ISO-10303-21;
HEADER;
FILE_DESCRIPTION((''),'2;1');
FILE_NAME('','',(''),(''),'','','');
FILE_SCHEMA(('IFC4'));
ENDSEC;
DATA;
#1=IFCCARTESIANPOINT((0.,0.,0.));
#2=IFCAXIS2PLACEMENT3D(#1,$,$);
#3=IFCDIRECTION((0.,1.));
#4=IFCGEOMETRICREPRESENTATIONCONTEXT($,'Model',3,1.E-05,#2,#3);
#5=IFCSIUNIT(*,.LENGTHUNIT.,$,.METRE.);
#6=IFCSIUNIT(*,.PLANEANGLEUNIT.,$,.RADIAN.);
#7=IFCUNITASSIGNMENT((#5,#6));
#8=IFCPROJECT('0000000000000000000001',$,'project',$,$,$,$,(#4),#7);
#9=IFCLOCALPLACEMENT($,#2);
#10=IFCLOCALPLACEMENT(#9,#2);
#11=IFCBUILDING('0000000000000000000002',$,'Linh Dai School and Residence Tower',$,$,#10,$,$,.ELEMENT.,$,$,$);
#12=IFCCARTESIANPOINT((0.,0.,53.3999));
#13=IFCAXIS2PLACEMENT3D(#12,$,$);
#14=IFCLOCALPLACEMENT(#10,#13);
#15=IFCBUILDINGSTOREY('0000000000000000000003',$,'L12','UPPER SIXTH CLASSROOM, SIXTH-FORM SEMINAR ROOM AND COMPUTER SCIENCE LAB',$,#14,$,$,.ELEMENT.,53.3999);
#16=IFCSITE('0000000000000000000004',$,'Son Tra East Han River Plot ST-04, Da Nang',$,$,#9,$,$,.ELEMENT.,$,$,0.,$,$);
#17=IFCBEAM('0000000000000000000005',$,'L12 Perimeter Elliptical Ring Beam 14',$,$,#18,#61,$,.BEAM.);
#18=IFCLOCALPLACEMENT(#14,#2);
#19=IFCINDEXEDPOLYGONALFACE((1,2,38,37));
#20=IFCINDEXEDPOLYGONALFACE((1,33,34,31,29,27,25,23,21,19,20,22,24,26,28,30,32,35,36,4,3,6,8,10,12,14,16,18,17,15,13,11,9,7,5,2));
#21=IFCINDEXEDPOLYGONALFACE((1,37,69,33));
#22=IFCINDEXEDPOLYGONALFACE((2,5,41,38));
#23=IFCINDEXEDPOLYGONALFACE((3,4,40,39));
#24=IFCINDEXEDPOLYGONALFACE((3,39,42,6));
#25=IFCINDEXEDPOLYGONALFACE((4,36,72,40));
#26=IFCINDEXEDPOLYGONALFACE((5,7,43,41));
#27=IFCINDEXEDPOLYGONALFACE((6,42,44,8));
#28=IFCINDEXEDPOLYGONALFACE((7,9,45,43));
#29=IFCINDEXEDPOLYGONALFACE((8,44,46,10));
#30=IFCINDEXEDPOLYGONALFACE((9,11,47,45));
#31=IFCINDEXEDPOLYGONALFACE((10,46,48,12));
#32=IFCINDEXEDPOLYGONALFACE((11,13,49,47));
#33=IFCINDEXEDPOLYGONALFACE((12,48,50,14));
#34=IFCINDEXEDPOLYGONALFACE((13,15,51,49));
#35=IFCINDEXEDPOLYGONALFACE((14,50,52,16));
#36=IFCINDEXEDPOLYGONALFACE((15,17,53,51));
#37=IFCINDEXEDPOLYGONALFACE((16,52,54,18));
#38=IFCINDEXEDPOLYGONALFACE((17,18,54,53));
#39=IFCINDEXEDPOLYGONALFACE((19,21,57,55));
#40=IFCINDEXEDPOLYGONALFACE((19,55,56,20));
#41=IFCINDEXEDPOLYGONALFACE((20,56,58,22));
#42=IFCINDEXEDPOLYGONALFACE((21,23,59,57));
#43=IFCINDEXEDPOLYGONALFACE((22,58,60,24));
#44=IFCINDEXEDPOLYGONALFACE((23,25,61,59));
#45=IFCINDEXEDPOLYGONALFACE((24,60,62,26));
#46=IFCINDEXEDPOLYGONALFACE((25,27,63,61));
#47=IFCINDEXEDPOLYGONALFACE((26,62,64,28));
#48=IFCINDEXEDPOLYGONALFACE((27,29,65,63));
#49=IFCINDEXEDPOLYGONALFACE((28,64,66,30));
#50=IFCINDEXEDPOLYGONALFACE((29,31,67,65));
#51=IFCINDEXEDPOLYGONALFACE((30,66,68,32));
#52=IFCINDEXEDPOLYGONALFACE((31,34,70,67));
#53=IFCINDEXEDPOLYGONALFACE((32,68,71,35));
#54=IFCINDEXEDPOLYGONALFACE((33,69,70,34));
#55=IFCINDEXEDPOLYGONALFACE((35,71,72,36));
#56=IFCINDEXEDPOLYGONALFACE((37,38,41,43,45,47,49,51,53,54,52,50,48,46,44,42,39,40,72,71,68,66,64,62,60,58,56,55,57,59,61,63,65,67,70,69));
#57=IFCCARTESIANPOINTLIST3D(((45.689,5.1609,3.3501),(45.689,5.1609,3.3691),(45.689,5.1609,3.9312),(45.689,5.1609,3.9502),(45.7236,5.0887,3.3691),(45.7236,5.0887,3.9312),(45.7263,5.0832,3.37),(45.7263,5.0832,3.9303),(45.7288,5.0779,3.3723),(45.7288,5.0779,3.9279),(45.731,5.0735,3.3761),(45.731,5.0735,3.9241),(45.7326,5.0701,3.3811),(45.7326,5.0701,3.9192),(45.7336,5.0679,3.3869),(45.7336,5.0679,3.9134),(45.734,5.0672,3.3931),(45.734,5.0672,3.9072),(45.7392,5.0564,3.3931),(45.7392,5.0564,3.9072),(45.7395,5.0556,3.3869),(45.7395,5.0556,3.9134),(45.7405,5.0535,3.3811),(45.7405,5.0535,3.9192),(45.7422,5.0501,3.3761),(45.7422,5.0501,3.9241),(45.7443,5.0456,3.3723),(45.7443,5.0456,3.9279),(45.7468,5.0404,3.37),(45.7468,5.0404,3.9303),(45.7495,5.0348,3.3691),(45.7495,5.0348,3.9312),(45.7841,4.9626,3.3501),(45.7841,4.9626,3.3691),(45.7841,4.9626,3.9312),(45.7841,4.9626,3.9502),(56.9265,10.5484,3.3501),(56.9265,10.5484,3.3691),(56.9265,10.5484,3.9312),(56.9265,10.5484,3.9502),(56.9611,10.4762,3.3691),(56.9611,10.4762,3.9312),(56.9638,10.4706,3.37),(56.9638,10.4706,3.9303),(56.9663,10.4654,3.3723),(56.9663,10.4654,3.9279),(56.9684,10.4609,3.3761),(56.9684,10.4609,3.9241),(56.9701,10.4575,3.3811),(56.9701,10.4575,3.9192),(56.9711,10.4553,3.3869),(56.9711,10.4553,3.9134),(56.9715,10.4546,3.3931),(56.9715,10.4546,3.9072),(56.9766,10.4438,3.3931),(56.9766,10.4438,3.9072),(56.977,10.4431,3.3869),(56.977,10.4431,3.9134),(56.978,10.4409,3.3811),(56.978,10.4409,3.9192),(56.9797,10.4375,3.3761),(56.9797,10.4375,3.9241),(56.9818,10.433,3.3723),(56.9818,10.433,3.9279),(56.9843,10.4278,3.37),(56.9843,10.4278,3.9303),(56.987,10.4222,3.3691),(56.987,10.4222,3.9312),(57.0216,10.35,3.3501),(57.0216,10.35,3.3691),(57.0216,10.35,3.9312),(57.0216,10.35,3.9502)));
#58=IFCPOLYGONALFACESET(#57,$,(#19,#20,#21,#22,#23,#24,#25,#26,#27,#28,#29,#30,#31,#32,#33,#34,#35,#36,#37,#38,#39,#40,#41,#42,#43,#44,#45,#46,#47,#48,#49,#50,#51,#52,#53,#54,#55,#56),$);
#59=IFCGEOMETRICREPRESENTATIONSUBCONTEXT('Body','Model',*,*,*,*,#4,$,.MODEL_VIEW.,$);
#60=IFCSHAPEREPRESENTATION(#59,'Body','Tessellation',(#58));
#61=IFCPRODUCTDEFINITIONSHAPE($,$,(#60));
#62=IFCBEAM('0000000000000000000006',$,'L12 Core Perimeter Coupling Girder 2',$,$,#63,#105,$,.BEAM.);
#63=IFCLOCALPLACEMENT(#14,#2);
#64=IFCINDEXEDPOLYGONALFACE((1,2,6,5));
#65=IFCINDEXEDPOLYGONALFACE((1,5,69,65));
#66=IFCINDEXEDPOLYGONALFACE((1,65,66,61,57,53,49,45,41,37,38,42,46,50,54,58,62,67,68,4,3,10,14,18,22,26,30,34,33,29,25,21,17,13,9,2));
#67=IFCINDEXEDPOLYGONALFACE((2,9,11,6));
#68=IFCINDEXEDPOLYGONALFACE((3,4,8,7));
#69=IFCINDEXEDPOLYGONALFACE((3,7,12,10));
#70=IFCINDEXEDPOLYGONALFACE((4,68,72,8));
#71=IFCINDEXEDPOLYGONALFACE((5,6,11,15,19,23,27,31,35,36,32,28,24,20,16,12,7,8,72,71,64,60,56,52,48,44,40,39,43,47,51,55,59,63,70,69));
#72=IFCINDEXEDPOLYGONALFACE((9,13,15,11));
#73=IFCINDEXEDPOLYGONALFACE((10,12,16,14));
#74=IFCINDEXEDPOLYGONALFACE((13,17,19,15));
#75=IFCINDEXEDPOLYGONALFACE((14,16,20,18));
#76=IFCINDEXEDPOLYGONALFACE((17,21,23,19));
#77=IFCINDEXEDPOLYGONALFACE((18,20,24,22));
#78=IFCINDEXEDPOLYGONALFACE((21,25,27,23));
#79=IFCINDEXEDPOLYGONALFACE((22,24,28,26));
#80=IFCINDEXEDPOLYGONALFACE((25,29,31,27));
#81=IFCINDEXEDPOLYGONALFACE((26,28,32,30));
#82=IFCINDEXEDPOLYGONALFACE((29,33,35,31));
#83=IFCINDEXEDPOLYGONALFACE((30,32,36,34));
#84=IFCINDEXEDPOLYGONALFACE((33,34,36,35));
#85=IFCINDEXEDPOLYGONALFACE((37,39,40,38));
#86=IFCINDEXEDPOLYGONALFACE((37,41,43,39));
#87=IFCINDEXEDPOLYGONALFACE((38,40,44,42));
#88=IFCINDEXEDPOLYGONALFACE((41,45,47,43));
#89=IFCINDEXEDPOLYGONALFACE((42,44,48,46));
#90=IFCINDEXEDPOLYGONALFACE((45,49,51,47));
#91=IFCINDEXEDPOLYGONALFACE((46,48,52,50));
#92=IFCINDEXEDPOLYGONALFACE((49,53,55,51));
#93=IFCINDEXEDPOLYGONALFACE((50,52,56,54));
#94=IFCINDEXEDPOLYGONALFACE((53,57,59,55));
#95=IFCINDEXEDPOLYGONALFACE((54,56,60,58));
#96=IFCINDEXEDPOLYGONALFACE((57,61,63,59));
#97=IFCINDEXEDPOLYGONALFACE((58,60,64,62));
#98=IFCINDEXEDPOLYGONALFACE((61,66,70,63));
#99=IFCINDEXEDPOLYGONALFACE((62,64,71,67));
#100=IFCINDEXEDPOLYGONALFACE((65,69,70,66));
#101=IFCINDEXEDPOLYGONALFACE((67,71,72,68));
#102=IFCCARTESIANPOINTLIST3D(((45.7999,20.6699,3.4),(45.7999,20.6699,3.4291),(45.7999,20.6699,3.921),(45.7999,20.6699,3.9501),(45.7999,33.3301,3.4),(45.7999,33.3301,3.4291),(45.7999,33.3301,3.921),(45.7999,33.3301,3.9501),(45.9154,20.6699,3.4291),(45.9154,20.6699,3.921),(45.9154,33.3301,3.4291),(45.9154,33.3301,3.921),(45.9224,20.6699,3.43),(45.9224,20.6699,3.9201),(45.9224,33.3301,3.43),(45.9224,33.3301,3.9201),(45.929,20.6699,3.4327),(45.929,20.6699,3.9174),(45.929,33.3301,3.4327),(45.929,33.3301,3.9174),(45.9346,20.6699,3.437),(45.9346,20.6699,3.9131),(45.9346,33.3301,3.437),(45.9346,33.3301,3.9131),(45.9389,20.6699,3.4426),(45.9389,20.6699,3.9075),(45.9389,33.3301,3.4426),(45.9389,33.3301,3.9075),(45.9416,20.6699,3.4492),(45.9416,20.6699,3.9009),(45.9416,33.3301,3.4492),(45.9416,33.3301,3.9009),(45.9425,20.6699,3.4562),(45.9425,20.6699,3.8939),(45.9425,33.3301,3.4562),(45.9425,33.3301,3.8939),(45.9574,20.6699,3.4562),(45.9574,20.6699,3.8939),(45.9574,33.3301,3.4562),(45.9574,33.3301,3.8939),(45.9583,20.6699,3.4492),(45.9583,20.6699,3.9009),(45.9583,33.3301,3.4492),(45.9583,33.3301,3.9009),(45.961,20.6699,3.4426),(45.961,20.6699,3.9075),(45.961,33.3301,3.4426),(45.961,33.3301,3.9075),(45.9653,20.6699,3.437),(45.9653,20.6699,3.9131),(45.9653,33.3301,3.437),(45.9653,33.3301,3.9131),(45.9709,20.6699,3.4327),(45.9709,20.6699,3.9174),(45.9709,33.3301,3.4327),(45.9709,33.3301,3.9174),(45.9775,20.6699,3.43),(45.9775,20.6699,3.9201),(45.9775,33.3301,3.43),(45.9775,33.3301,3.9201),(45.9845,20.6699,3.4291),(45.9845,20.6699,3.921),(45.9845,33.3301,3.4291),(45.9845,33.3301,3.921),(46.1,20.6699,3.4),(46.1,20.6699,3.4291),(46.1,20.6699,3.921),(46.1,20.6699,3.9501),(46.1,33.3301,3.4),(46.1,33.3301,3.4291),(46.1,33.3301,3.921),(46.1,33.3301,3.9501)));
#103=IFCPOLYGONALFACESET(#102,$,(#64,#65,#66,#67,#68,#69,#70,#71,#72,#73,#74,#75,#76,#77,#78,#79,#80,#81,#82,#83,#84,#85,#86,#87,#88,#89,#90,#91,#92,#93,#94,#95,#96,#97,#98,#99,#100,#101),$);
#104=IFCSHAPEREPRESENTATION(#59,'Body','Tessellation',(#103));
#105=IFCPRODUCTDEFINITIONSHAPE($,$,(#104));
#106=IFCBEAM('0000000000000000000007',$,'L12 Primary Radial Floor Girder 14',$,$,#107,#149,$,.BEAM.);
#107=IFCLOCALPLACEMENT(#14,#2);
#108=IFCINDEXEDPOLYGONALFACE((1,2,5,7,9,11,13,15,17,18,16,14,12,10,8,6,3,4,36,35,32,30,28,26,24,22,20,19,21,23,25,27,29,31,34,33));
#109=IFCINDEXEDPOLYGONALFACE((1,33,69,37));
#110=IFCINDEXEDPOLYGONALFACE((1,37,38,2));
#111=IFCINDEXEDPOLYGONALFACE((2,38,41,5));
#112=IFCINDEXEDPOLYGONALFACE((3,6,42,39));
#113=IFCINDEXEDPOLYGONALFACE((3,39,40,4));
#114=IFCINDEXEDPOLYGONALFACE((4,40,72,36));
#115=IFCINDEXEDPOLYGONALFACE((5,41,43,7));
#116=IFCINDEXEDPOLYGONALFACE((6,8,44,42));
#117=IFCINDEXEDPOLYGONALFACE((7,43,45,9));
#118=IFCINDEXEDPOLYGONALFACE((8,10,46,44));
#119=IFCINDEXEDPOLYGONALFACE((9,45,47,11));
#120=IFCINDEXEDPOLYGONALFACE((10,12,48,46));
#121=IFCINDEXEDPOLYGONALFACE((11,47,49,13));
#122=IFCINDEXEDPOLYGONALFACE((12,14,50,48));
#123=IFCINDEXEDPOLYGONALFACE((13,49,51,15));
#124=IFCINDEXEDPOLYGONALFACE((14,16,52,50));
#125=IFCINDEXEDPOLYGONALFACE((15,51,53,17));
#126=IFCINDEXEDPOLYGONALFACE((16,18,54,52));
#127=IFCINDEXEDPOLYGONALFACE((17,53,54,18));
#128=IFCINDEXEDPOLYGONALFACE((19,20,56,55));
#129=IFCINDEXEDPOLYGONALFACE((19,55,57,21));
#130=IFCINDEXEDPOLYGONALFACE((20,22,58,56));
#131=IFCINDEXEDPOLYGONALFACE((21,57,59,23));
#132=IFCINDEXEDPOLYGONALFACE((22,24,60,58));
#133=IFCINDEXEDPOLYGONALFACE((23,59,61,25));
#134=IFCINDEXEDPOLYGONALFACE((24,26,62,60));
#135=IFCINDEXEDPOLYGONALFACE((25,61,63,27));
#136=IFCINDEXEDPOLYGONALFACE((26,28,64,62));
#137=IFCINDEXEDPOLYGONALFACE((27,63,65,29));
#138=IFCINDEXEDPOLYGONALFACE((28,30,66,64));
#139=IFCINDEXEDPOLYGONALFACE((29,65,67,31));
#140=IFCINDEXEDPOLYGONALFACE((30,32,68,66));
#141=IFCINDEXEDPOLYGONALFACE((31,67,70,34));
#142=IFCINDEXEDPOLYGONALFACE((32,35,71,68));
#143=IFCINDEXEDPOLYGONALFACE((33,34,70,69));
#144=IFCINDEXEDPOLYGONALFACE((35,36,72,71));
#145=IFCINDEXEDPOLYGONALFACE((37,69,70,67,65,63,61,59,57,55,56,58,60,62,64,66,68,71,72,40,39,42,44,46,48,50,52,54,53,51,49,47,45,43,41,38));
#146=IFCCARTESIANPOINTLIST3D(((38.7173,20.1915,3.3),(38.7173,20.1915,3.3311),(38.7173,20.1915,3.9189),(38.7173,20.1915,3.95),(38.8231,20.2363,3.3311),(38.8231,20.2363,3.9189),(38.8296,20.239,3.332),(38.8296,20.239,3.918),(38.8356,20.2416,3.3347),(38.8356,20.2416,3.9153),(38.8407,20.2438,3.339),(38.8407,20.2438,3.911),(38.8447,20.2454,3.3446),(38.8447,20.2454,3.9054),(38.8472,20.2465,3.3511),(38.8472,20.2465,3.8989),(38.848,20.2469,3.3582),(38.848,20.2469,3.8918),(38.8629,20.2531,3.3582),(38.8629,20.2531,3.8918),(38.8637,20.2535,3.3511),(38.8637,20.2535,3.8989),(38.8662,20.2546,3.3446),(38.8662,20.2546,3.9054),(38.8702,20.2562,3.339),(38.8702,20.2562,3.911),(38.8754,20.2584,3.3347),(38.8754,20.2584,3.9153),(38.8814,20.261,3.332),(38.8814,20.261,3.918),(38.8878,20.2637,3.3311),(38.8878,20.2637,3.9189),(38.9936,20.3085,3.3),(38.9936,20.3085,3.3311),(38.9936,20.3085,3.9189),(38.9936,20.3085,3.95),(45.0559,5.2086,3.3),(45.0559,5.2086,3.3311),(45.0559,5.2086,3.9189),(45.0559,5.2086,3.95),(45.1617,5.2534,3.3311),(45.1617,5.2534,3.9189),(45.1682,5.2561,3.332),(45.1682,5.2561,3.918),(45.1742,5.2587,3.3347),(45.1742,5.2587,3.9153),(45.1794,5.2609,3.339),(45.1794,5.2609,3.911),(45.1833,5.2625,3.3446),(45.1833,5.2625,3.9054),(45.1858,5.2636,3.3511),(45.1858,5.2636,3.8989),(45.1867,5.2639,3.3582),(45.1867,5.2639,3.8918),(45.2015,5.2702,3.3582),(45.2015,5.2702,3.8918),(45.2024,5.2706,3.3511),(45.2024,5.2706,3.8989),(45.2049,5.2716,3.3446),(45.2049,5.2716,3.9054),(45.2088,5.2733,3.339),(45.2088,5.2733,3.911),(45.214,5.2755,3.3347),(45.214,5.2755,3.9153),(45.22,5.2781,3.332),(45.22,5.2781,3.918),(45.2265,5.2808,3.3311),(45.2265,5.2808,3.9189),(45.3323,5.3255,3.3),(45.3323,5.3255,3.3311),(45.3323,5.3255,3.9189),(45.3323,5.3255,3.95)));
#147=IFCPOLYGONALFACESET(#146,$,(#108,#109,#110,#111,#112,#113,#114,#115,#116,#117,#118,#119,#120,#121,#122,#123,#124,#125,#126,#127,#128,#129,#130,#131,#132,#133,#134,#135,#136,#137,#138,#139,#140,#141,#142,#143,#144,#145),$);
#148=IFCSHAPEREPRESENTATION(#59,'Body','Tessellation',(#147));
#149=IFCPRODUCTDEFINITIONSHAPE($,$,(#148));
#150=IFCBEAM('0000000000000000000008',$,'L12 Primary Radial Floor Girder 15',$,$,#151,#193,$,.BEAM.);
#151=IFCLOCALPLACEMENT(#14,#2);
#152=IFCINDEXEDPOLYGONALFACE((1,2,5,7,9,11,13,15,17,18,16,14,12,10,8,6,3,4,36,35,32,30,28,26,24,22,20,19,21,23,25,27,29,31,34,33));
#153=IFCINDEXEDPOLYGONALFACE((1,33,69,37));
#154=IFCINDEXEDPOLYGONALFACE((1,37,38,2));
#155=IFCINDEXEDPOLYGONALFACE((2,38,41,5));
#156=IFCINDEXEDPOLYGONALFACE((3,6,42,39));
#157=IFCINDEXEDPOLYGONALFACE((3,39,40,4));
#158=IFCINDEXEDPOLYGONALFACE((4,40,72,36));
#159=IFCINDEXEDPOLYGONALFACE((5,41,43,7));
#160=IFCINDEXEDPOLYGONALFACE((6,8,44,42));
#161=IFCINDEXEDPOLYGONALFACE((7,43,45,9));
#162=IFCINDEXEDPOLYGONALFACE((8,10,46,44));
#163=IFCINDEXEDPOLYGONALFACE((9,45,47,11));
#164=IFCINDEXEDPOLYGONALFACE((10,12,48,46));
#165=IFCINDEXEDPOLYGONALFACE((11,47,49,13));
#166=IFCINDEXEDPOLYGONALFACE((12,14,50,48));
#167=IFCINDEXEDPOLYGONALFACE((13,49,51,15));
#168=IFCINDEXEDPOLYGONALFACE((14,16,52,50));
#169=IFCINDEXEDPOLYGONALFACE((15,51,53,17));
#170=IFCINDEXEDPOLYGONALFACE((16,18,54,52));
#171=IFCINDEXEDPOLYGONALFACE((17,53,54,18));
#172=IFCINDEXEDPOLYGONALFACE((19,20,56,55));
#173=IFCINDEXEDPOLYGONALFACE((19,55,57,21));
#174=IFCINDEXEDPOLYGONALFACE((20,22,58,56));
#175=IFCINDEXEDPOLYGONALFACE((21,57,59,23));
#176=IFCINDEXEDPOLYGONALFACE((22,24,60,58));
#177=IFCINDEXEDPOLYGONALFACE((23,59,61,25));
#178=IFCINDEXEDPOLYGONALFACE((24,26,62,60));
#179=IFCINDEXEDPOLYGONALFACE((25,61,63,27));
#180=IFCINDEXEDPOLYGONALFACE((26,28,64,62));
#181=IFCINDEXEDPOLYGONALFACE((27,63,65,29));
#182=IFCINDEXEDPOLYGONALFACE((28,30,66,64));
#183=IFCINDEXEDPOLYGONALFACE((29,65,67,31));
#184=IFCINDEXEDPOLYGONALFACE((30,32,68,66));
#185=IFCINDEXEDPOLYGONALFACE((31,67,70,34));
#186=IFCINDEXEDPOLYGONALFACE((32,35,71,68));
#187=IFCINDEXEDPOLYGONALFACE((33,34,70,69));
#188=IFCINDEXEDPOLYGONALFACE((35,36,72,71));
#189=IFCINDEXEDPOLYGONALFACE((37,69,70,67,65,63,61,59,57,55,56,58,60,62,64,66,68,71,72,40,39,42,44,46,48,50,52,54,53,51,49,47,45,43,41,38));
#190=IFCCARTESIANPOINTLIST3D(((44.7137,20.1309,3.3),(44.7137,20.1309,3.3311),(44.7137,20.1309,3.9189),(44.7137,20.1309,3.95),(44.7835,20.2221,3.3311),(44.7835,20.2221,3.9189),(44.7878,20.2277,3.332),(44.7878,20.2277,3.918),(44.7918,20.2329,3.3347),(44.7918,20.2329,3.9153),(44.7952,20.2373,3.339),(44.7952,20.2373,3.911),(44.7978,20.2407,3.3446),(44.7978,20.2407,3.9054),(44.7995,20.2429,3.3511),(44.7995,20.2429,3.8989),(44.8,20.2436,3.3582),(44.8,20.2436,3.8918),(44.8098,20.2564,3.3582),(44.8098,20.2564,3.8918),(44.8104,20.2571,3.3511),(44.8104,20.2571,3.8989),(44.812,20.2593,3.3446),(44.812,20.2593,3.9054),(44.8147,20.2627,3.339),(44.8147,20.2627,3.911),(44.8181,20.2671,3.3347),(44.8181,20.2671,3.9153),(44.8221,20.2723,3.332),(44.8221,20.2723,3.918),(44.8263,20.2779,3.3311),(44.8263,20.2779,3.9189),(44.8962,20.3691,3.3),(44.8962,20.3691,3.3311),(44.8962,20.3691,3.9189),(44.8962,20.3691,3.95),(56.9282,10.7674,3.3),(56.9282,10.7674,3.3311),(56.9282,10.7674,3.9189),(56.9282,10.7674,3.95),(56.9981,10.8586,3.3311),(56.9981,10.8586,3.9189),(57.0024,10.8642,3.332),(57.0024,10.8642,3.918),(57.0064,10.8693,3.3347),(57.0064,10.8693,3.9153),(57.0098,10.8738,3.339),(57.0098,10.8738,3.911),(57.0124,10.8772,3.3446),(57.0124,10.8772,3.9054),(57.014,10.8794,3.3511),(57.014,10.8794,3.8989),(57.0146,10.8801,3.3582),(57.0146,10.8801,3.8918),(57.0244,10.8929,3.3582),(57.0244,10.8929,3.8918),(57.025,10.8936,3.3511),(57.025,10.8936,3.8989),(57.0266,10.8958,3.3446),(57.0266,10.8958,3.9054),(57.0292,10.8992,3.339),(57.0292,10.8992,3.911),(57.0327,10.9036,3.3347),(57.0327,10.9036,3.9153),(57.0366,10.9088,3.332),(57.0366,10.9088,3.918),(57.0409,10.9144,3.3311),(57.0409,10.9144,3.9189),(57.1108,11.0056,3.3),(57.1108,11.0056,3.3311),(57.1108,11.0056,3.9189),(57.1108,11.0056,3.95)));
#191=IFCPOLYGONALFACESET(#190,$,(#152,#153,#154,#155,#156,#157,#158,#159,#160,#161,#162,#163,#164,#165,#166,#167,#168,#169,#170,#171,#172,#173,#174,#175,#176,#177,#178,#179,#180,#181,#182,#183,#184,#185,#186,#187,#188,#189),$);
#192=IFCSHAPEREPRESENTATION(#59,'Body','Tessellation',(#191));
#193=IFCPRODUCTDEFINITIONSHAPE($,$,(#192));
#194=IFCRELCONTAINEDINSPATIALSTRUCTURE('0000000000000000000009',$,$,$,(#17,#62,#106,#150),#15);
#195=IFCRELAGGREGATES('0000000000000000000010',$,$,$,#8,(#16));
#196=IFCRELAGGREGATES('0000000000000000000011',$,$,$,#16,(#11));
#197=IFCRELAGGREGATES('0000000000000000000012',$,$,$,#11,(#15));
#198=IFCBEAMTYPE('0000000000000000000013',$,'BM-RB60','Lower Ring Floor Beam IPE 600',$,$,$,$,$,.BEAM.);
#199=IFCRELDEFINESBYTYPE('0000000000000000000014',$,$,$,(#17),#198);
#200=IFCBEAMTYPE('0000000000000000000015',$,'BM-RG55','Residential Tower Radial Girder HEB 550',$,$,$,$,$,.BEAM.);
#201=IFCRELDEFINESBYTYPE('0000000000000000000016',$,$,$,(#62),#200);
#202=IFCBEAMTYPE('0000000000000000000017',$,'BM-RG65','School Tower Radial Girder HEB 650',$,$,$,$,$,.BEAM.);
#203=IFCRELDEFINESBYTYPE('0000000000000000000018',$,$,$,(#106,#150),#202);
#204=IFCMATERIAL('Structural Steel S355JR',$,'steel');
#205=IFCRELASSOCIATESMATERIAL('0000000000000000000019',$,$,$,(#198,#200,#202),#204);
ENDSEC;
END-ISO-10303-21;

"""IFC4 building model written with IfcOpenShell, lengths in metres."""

from ifc_helpers import new_model, si_unit, direction, frame, origin, origin_2d, place, context, subcontext, project, spatial, i_section, extrude, material, material_profile, profile_set, type_object, element, save


model = new_model("IFC4")

# Units and contexts
model_context = context("Model", 3, precision=1e-05, world=origin(), true_north=direction((0.0, 1.0)))
body_context = subcontext(model_context, "Body", "Model", "MODEL_VIEW")
ifc_project = project(units=[si_unit("LENGTHUNIT", "METRE"), si_unit("PLANEANGLEUNIT", "RADIAN")], contexts=[model_context])

# Site, building, storey
site_placement = place(None, origin())
site = spatial("IfcSite", under=ifc_project, at=site_placement, Name="Son Tra East Han River Plot ST-04, Da Nang", CompositionType="ELEMENT", RefElevation=0.0)
building_placement = place(site_placement, origin())
building = spatial("IfcBuilding", under=site, at=building_placement, Name="Linh Dai School and Residence Tower", CompositionType="ELEMENT")
storey_placement = place(building_placement, frame((0.0, 0.0, 53.3999)))
storey = spatial("IfcBuildingStorey", under=building, at=storey_placement, Name="L12", Description="UPPER SIXTH CLASSROOM, SIXTH-FORM SEMINAR ROOM AND COMPUTER SCIENCE LAB", CompositionType="ELEMENT", Elevation=53.3999)

# Shared definitions
ifc_material_1 = material(Name="Structural Steel S355JR", Category="steel")

# Beams
ifc_material_profile_1 = material_profile(ifc_material_1, i_section(OverallWidth=0.22, OverallDepth=0.6001, WebThickness=0.012, FlangeThickness=0.019, FilletRadius=0.0239, at=origin_2d()), Name="IPE 600")
ifc_profile_set_1 = profile_set([ifc_material_profile_1], Name="Structural Steel S355JR")
beam_type_1 = type_object("IfcBeamType", Name="BM-RB60", Description="Lower Ring Floor Beam IPE 600", PredefinedType="BEAM", material=ifc_profile_set_1)
beam_1_placement = place(storey_placement, frame((45.7366, 5.0618, 3.6501), z_axis=(0.901729, 0.432302, 0.0), x_axis=(-0.432302, 0.901729, 0.0)))
element("IfcBeam", 1, at=beam_1_placement, inside=storey, type_object=beam_type_1, Name="L12 Perimeter Elliptical Ring Beam 14", PredefinedType="BEAM", context=body_context, shape_type="SweptSolid", body=[
    extrude(i_section(OverallWidth=0.22, OverallDepth=0.6001, WebThickness=0.012, FlangeThickness=0.019, FilletRadius=0.0239, at=origin_2d()), origin(), (0.0, 0.0, 1.0), 12.4622),
])
ifc_material_profile_2 = material_profile(ifc_material_1, i_section(OverallWidth=0.3, OverallDepth=0.55, WebThickness=0.0149, FlangeThickness=0.0291, FilletRadius=0.0271, at=origin_2d()), Name="HEB 550")
ifc_profile_set_2 = profile_set([ifc_material_profile_2], Name="Structural Steel S355JR")
beam_type_2 = type_object("IfcBeamType", Name="BM-RG55", Description="Residential Tower Radial Girder HEB 550", PredefinedType="BEAM", material=ifc_profile_set_2)
beam_2_placement = place(storey_placement, frame((45.95, 20.6699, 3.675), z_axis=(0.0, 1.0, 0.0), x_axis=(-1.0, 0.0, 0.0)))
element("IfcBeam", 2, at=beam_2_placement, inside=storey, type_object=beam_type_2, Name="L12 Core Perimeter Coupling Girder 2", PredefinedType="BEAM", context=body_context, shape_type="SweptSolid", body=[
    extrude(i_section(OverallWidth=0.3, OverallDepth=0.55, WebThickness=0.0149, FlangeThickness=0.0291, FilletRadius=0.0271, at=origin_2d()), origin(), (0.0, 0.0, 1.0), 12.6602),
])
ifc_material_profile_3 = material_profile(ifc_material_1, i_section(OverallWidth=0.3, OverallDepth=0.6499, WebThickness=0.0161, FlangeThickness=0.031, FilletRadius=0.0271, at=origin_2d()), Name="HEB 650")
ifc_profile_set_3 = profile_set([ifc_material_profile_3], Name="Structural Steel S355JR")
beam_type_3 = type_object("IfcBeamType", Name="BM-RG65", Description="School Tower Radial Girder HEB 650", PredefinedType="BEAM", material=ifc_profile_set_3)
beam_3_placement = place(storey_placement, frame((38.8555, 20.25, 3.625), z_axis=(0.389624, -0.920974, 0.0), x_axis=(0.920974, 0.389624, 0.0)))
element("IfcBeam", 3, at=beam_3_placement, inside=storey, type_object=beam_type_3, Name="L12 Primary Radial Floor Girder 14", PredefinedType="BEAM", context=body_context, shape_type="SweptSolid", body=[
    extrude(i_section(OverallWidth=0.3, OverallDepth=0.6499, WebThickness=0.0161, FlangeThickness=0.031, FilletRadius=0.0271, at=origin_2d()), origin(), (0.0, 0.0, 1.0), 16.2686),
])
beam_4_placement = place(storey_placement, frame((44.8049, 20.25, 3.625), z_axis=(0.793638, -0.608391, 0.0), x_axis=(0.608391, 0.793638, 0.0)))
element("IfcBeam", 4, at=beam_4_placement, inside=storey, type_object=beam_type_3, Name="L12 Primary Radial Floor Girder 15", PredefinedType="BEAM", context=body_context, shape_type="SweptSolid", body=[
    extrude(i_section(OverallWidth=0.3, OverallDepth=0.6499, WebThickness=0.0161, FlangeThickness=0.031, FilletRadius=0.0271, at=origin_2d()), origin(), (0.0, 0.0, 1.0), 15.3906),
])

save(model, "model.ifc")
